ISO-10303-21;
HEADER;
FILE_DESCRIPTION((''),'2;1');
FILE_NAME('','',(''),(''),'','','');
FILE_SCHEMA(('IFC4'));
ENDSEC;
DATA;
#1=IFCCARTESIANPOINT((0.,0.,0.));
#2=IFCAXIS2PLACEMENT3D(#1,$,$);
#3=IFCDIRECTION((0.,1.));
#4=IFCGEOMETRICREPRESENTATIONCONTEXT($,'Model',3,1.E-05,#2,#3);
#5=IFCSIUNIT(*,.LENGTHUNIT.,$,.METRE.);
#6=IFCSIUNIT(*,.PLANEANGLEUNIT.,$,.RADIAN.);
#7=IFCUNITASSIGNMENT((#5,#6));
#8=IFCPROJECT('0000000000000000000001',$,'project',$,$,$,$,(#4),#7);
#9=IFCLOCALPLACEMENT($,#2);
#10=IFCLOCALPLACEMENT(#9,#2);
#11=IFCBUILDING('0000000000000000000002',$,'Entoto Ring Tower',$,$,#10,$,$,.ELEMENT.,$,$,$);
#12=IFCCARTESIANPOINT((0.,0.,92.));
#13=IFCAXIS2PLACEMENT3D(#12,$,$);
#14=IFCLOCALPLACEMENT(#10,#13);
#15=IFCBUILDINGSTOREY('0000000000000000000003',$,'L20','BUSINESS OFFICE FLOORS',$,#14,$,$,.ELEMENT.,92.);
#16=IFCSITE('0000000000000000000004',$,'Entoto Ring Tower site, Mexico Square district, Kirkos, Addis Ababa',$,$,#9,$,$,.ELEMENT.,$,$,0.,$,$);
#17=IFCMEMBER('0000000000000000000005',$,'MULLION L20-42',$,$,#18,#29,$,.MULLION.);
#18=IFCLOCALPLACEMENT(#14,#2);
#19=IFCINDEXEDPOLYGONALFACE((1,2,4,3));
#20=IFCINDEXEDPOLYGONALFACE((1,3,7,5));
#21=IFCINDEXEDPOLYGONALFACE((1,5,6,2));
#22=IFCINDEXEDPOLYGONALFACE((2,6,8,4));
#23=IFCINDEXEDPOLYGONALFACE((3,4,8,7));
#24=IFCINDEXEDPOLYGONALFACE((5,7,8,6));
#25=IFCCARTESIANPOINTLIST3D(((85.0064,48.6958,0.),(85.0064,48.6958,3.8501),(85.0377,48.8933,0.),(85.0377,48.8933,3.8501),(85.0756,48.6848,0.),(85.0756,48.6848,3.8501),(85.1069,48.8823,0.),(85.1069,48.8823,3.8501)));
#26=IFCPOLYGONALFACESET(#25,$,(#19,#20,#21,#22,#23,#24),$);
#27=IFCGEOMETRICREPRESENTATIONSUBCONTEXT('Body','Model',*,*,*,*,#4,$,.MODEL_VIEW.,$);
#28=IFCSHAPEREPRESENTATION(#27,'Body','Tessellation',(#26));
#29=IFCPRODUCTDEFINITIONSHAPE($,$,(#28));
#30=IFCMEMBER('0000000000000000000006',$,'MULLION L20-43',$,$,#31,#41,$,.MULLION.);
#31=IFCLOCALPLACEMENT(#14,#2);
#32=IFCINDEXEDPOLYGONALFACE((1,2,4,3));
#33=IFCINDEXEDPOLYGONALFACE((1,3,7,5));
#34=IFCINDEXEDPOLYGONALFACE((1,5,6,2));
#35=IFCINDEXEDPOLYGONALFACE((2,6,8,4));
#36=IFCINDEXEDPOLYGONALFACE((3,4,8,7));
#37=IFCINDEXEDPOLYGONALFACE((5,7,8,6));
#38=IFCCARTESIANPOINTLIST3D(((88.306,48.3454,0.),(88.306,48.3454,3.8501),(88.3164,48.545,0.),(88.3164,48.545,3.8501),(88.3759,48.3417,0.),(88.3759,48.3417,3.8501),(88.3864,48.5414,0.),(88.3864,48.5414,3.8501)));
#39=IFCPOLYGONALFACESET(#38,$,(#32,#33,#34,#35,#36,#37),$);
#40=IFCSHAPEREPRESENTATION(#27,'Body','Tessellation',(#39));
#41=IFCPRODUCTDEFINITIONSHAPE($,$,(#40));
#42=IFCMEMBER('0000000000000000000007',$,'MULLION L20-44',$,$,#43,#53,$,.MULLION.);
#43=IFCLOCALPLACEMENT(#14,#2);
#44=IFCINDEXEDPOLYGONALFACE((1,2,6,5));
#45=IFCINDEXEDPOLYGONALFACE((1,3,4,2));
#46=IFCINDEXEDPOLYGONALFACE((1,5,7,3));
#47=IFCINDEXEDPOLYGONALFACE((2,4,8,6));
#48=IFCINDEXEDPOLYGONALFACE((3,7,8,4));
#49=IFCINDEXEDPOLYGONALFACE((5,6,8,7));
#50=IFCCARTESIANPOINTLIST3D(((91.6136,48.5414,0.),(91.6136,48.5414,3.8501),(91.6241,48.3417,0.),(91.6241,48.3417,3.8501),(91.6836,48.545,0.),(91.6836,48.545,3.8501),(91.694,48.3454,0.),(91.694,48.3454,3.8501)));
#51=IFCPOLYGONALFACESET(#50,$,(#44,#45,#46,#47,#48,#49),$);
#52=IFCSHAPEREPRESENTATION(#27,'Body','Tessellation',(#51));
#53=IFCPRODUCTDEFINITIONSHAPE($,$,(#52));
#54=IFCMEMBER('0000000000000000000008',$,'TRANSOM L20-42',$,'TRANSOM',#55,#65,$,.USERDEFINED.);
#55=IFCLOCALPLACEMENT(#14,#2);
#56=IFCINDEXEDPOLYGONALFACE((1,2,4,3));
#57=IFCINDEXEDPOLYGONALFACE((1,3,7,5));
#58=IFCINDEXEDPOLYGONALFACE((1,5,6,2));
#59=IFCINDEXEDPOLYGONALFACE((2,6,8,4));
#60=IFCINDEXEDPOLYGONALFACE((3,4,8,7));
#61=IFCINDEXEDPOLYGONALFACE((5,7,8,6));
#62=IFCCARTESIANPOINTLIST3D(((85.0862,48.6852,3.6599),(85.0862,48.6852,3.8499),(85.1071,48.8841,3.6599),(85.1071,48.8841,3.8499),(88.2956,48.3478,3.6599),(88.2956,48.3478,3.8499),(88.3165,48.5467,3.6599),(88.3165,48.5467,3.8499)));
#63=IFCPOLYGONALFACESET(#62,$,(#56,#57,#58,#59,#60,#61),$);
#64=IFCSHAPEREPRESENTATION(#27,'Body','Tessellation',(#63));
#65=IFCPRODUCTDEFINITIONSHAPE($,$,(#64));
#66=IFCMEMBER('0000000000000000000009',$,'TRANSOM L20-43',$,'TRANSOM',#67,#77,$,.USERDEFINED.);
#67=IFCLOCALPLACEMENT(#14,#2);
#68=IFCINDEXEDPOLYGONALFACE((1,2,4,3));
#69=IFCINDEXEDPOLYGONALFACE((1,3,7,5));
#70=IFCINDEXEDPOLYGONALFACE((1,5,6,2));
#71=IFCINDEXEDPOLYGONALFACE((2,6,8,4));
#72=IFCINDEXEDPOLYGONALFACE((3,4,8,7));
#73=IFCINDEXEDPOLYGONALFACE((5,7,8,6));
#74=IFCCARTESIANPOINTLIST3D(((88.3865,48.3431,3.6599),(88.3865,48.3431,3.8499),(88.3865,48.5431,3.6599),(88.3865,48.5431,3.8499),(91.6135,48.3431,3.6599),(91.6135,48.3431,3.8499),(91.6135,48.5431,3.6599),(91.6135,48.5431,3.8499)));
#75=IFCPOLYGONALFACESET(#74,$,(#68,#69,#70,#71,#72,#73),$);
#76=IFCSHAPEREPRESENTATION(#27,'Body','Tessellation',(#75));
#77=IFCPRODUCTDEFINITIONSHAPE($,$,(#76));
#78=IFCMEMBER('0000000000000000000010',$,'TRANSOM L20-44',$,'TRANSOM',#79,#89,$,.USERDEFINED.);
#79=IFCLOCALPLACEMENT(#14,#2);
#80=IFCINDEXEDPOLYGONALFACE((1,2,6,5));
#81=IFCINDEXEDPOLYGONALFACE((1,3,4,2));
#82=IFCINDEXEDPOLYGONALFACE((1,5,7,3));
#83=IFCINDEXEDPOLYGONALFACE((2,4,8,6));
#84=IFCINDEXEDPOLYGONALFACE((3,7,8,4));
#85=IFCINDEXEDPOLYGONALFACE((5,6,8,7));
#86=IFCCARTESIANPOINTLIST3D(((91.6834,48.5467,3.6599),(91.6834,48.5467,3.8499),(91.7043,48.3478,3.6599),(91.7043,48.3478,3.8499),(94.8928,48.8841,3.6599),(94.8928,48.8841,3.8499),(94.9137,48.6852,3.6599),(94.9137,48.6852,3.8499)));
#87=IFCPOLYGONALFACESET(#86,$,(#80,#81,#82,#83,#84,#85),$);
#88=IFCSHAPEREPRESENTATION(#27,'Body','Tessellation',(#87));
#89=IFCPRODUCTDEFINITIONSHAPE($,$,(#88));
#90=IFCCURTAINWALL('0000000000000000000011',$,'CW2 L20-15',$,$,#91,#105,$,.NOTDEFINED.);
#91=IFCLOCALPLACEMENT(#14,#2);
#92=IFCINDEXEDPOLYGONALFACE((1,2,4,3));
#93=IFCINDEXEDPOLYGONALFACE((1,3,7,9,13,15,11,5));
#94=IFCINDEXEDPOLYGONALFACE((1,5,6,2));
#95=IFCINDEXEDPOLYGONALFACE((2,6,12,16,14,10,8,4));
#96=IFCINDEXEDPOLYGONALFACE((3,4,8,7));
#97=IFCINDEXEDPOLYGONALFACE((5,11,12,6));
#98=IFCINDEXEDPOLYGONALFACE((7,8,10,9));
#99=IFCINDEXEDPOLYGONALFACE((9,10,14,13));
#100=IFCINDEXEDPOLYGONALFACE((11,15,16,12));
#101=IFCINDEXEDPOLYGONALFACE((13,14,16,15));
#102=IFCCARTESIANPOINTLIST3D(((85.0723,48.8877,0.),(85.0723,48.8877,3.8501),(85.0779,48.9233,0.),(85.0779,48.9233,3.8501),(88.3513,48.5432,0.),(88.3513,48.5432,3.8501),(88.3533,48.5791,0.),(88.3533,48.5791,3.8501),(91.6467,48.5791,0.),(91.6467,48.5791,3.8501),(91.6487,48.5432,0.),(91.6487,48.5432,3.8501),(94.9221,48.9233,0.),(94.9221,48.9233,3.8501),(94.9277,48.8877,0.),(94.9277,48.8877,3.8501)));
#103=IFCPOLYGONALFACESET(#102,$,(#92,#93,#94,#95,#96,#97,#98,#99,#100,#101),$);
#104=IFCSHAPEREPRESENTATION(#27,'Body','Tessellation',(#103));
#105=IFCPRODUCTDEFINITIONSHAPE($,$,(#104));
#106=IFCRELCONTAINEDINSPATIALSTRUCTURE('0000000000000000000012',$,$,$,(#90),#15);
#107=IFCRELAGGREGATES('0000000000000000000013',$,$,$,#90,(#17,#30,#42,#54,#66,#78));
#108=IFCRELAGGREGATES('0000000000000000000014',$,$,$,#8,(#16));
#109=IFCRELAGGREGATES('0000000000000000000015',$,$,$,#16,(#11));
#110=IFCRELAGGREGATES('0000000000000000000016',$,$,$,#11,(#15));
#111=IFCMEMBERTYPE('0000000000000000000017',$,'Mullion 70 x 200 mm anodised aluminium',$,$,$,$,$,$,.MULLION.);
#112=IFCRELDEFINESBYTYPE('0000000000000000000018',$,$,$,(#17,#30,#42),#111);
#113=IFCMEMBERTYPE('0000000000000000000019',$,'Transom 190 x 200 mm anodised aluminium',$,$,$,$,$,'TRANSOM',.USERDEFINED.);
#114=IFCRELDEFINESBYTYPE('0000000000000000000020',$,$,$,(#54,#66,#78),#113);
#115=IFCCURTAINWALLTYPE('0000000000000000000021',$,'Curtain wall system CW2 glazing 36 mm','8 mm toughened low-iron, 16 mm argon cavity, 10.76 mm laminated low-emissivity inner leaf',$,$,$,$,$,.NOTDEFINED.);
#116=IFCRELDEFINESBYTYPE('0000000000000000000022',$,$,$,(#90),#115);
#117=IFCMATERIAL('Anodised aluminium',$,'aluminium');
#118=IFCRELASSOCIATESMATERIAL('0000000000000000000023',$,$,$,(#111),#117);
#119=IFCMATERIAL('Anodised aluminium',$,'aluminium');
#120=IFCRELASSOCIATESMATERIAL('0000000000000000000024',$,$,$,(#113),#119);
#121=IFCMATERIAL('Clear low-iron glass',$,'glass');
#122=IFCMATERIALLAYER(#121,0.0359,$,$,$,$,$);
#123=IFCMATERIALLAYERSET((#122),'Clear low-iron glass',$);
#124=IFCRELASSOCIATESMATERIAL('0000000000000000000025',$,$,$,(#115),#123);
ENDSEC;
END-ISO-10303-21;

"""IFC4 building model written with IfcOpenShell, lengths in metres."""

from ifc_helpers import new_model, si_unit, direction, frame, origin, origin_2d, place, context, subcontext, project, spatial, polyline, rectangle, outline, extrude, material, layer, layer_set, material_profile, profile_set, type_object, element, aggregate, save


model = new_model("IFC4")

# Units and contexts
model_context = context("Model", 3, precision=1e-05, world=origin(), true_north=direction((0.0, 1.0)))
body_context = subcontext(model_context, "Body", "Model", "MODEL_VIEW")
ifc_project = project(units=[si_unit("LENGTHUNIT", "METRE"), si_unit("PLANEANGLEUNIT", "RADIAN")], contexts=[model_context])

# Members
ifc_material_1 = material(Name="Anodised aluminium", Category="aluminium")
ifc_material_profile_1 = material_profile(ifc_material_1, rectangle(XDim=0.0701, YDim=0.2, at=origin_2d()), Name="Mullion 70 x 200 mm anodised aluminium")
ifc_profile_set_1 = profile_set([ifc_material_profile_1], Name="Anodised aluminium")
member_type_1 = type_object("IfcMemberType", Name="Mullion 70 x 200 mm anodised aluminium", PredefinedType="MULLION", material=ifc_profile_set_1)
site_placement = place(None, origin())
building_placement = place(site_placement, origin())
storey_placement = place(building_placement, frame((0.0, 0.0, 92.0)))
member_1_placement = place(storey_placement, frame((85.0566, 48.7891, 0.0), z_axis=(0.0, 0.0, 1.0), x_axis=(0.987688, -0.156434, 0.0)))
member_1 = element("IfcMember", 1, at=member_1_placement, type_object=member_type_1, Name="MULLION L20-42", PredefinedType="MULLION", context=body_context, shape_type="SweptSolid", body=[
    extrude(rectangle(XDim=0.0701, YDim=0.2, at=origin_2d()), origin(), (0.0, 0.0, 1.0), 3.8501),
])
member_2_placement = place(storey_placement, frame((88.3462, 48.4434, 0.0), z_axis=(0.0, 0.0, 1.0), x_axis=(0.99863, -0.052336, 0.0)))
member_2 = element("IfcMember", 2, at=member_2_placement, type_object=member_type_1, Name="MULLION L20-43", PredefinedType="MULLION", context=body_context, shape_type="SweptSolid", body=[
    extrude(rectangle(XDim=0.0701, YDim=0.2, at=origin_2d()), origin(), (0.0, 0.0, 1.0), 3.8501),
])
member_3_placement = place(storey_placement, frame((91.6538, 48.4434, 0.0), z_axis=(0.0, 0.0, 1.0), x_axis=(0.99863, 0.052336, 0.0)))
member_3 = element("IfcMember", 3, at=member_3_placement, type_object=member_type_1, Name="MULLION L20-44", PredefinedType="MULLION", context=body_context, shape_type="SweptSolid", body=[
    extrude(rectangle(XDim=0.0701, YDim=0.2, at=origin_2d()), origin(), (0.0, 0.0, 1.0), 3.8501),
])
ifc_material_2 = material(Name="Anodised aluminium", Category="aluminium")
ifc_material_profile_2 = material_profile(ifc_material_2, rectangle(XDim=0.2, YDim=0.1899, at=origin_2d()), Name="Transom 190 x 200 mm anodised aluminium")
ifc_profile_set_2 = profile_set([ifc_material_profile_2], Name="Anodised aluminium")
member_type_2 = type_object("IfcMemberType", Name="Transom 190 x 200 mm anodised aluminium", ElementType="TRANSOM", PredefinedType="USERDEFINED", material=ifc_profile_set_2)
member_4_placement = place(storey_placement, frame((85.0967, 48.7847, 3.7549), z_axis=(0.99452, -0.104551, 0.0), x_axis=(0.104551, 0.99452, 0.0)))
member_4 = element("IfcMember", 4, at=member_4_placement, type_object=member_type_2, Name="TRANSOM L20-42", ObjectType="TRANSOM", PredefinedType="USERDEFINED", context=body_context, shape_type="SweptSolid", body=[
    extrude(rectangle(XDim=0.2, YDim=0.1899, at=origin_2d()), origin(), (0.0, 0.0, 1.0), 3.2271),
])
member_5_placement = place(storey_placement, frame((88.3865, 48.4431, 3.7549), z_axis=(1.0, 0.0, 0.0), x_axis=(0.0, 1.0, 0.0)))
member_5 = element("IfcMember", 5, at=member_5_placement, type_object=member_type_2, Name="TRANSOM L20-43", ObjectType="TRANSOM", PredefinedType="USERDEFINED", context=body_context, shape_type="SweptSolid", body=[
    extrude(rectangle(XDim=0.2, YDim=0.1899, at=origin_2d()), origin(), (0.0, 0.0, 1.0), 3.2271),
])
member_6_placement = place(storey_placement, frame((91.6938, 48.4473, 3.7549), z_axis=(0.99452, 0.104551, 0.0), x_axis=(-0.104551, 0.99452, 0.0)))
member_6 = element("IfcMember", 6, at=member_6_placement, type_object=member_type_2, Name="TRANSOM L20-44", ObjectType="TRANSOM", PredefinedType="USERDEFINED", context=body_context, shape_type="SweptSolid", body=[
    extrude(rectangle(XDim=0.2, YDim=0.1899, at=origin_2d()), origin(), (0.0, 0.0, 1.0), 3.2271),
])

# Site, building, storey
site = spatial("IfcSite", under=ifc_project, at=site_placement, Name="Entoto Ring Tower site, Mexico Square district, Kirkos, Addis Ababa", CompositionType="ELEMENT", RefElevation=0.0)
building = spatial("IfcBuilding", under=site, at=building_placement, Name="Entoto Ring Tower", CompositionType="ELEMENT")
storey = spatial("IfcBuildingStorey", under=building, at=storey_placement, Name="L20", Description="BUSINESS OFFICE FLOORS", CompositionType="ELEMENT", Elevation=92.0)

# Curtain wall
ifc_material_3 = material(Name="Clear low-iron glass", Category="glass")
ifc_layer = layer(ifc_material_3, 0.0359)
ifc_layer_set = layer_set([ifc_layer], Name="Clear low-iron glass")
curtain_wall_type = type_object("IfcCurtainWallType", Name="Curtain wall system CW2 glazing 36 mm", Description="8 mm toughened low-iron, 16 mm argon cavity, 10.76 mm laminated low-emissivity inner leaf", PredefinedType="NOTDEFINED", material=ifc_layer_set)
curtain_wall_1_placement = place(storey_placement, origin())
curtain_wall_1 = element("IfcCurtainWall", 7, at=curtain_wall_1_placement, inside=storey, type_object=curtain_wall_type, Name="CW2 L20-15", PredefinedType="NOTDEFINED", context=body_context, shape_type="SweptSolid", body=[
    extrude(outline(polyline([(85.0723, 48.8877), (88.3513, 48.5432), (91.6487, 48.5432), (94.9277, 48.8877), (94.9221, 48.9233), (91.6467, 48.5791), (88.3533, 48.5791), (85.0779, 48.9233), (85.0723, 48.8877)])), origin(), (0.0, 0.0, 1.0), 3.8501),
])
aggregate(curtain_wall_1, [member_1, member_2, member_3, member_4, member_5, member_6])

save(model, "model.ifc")
